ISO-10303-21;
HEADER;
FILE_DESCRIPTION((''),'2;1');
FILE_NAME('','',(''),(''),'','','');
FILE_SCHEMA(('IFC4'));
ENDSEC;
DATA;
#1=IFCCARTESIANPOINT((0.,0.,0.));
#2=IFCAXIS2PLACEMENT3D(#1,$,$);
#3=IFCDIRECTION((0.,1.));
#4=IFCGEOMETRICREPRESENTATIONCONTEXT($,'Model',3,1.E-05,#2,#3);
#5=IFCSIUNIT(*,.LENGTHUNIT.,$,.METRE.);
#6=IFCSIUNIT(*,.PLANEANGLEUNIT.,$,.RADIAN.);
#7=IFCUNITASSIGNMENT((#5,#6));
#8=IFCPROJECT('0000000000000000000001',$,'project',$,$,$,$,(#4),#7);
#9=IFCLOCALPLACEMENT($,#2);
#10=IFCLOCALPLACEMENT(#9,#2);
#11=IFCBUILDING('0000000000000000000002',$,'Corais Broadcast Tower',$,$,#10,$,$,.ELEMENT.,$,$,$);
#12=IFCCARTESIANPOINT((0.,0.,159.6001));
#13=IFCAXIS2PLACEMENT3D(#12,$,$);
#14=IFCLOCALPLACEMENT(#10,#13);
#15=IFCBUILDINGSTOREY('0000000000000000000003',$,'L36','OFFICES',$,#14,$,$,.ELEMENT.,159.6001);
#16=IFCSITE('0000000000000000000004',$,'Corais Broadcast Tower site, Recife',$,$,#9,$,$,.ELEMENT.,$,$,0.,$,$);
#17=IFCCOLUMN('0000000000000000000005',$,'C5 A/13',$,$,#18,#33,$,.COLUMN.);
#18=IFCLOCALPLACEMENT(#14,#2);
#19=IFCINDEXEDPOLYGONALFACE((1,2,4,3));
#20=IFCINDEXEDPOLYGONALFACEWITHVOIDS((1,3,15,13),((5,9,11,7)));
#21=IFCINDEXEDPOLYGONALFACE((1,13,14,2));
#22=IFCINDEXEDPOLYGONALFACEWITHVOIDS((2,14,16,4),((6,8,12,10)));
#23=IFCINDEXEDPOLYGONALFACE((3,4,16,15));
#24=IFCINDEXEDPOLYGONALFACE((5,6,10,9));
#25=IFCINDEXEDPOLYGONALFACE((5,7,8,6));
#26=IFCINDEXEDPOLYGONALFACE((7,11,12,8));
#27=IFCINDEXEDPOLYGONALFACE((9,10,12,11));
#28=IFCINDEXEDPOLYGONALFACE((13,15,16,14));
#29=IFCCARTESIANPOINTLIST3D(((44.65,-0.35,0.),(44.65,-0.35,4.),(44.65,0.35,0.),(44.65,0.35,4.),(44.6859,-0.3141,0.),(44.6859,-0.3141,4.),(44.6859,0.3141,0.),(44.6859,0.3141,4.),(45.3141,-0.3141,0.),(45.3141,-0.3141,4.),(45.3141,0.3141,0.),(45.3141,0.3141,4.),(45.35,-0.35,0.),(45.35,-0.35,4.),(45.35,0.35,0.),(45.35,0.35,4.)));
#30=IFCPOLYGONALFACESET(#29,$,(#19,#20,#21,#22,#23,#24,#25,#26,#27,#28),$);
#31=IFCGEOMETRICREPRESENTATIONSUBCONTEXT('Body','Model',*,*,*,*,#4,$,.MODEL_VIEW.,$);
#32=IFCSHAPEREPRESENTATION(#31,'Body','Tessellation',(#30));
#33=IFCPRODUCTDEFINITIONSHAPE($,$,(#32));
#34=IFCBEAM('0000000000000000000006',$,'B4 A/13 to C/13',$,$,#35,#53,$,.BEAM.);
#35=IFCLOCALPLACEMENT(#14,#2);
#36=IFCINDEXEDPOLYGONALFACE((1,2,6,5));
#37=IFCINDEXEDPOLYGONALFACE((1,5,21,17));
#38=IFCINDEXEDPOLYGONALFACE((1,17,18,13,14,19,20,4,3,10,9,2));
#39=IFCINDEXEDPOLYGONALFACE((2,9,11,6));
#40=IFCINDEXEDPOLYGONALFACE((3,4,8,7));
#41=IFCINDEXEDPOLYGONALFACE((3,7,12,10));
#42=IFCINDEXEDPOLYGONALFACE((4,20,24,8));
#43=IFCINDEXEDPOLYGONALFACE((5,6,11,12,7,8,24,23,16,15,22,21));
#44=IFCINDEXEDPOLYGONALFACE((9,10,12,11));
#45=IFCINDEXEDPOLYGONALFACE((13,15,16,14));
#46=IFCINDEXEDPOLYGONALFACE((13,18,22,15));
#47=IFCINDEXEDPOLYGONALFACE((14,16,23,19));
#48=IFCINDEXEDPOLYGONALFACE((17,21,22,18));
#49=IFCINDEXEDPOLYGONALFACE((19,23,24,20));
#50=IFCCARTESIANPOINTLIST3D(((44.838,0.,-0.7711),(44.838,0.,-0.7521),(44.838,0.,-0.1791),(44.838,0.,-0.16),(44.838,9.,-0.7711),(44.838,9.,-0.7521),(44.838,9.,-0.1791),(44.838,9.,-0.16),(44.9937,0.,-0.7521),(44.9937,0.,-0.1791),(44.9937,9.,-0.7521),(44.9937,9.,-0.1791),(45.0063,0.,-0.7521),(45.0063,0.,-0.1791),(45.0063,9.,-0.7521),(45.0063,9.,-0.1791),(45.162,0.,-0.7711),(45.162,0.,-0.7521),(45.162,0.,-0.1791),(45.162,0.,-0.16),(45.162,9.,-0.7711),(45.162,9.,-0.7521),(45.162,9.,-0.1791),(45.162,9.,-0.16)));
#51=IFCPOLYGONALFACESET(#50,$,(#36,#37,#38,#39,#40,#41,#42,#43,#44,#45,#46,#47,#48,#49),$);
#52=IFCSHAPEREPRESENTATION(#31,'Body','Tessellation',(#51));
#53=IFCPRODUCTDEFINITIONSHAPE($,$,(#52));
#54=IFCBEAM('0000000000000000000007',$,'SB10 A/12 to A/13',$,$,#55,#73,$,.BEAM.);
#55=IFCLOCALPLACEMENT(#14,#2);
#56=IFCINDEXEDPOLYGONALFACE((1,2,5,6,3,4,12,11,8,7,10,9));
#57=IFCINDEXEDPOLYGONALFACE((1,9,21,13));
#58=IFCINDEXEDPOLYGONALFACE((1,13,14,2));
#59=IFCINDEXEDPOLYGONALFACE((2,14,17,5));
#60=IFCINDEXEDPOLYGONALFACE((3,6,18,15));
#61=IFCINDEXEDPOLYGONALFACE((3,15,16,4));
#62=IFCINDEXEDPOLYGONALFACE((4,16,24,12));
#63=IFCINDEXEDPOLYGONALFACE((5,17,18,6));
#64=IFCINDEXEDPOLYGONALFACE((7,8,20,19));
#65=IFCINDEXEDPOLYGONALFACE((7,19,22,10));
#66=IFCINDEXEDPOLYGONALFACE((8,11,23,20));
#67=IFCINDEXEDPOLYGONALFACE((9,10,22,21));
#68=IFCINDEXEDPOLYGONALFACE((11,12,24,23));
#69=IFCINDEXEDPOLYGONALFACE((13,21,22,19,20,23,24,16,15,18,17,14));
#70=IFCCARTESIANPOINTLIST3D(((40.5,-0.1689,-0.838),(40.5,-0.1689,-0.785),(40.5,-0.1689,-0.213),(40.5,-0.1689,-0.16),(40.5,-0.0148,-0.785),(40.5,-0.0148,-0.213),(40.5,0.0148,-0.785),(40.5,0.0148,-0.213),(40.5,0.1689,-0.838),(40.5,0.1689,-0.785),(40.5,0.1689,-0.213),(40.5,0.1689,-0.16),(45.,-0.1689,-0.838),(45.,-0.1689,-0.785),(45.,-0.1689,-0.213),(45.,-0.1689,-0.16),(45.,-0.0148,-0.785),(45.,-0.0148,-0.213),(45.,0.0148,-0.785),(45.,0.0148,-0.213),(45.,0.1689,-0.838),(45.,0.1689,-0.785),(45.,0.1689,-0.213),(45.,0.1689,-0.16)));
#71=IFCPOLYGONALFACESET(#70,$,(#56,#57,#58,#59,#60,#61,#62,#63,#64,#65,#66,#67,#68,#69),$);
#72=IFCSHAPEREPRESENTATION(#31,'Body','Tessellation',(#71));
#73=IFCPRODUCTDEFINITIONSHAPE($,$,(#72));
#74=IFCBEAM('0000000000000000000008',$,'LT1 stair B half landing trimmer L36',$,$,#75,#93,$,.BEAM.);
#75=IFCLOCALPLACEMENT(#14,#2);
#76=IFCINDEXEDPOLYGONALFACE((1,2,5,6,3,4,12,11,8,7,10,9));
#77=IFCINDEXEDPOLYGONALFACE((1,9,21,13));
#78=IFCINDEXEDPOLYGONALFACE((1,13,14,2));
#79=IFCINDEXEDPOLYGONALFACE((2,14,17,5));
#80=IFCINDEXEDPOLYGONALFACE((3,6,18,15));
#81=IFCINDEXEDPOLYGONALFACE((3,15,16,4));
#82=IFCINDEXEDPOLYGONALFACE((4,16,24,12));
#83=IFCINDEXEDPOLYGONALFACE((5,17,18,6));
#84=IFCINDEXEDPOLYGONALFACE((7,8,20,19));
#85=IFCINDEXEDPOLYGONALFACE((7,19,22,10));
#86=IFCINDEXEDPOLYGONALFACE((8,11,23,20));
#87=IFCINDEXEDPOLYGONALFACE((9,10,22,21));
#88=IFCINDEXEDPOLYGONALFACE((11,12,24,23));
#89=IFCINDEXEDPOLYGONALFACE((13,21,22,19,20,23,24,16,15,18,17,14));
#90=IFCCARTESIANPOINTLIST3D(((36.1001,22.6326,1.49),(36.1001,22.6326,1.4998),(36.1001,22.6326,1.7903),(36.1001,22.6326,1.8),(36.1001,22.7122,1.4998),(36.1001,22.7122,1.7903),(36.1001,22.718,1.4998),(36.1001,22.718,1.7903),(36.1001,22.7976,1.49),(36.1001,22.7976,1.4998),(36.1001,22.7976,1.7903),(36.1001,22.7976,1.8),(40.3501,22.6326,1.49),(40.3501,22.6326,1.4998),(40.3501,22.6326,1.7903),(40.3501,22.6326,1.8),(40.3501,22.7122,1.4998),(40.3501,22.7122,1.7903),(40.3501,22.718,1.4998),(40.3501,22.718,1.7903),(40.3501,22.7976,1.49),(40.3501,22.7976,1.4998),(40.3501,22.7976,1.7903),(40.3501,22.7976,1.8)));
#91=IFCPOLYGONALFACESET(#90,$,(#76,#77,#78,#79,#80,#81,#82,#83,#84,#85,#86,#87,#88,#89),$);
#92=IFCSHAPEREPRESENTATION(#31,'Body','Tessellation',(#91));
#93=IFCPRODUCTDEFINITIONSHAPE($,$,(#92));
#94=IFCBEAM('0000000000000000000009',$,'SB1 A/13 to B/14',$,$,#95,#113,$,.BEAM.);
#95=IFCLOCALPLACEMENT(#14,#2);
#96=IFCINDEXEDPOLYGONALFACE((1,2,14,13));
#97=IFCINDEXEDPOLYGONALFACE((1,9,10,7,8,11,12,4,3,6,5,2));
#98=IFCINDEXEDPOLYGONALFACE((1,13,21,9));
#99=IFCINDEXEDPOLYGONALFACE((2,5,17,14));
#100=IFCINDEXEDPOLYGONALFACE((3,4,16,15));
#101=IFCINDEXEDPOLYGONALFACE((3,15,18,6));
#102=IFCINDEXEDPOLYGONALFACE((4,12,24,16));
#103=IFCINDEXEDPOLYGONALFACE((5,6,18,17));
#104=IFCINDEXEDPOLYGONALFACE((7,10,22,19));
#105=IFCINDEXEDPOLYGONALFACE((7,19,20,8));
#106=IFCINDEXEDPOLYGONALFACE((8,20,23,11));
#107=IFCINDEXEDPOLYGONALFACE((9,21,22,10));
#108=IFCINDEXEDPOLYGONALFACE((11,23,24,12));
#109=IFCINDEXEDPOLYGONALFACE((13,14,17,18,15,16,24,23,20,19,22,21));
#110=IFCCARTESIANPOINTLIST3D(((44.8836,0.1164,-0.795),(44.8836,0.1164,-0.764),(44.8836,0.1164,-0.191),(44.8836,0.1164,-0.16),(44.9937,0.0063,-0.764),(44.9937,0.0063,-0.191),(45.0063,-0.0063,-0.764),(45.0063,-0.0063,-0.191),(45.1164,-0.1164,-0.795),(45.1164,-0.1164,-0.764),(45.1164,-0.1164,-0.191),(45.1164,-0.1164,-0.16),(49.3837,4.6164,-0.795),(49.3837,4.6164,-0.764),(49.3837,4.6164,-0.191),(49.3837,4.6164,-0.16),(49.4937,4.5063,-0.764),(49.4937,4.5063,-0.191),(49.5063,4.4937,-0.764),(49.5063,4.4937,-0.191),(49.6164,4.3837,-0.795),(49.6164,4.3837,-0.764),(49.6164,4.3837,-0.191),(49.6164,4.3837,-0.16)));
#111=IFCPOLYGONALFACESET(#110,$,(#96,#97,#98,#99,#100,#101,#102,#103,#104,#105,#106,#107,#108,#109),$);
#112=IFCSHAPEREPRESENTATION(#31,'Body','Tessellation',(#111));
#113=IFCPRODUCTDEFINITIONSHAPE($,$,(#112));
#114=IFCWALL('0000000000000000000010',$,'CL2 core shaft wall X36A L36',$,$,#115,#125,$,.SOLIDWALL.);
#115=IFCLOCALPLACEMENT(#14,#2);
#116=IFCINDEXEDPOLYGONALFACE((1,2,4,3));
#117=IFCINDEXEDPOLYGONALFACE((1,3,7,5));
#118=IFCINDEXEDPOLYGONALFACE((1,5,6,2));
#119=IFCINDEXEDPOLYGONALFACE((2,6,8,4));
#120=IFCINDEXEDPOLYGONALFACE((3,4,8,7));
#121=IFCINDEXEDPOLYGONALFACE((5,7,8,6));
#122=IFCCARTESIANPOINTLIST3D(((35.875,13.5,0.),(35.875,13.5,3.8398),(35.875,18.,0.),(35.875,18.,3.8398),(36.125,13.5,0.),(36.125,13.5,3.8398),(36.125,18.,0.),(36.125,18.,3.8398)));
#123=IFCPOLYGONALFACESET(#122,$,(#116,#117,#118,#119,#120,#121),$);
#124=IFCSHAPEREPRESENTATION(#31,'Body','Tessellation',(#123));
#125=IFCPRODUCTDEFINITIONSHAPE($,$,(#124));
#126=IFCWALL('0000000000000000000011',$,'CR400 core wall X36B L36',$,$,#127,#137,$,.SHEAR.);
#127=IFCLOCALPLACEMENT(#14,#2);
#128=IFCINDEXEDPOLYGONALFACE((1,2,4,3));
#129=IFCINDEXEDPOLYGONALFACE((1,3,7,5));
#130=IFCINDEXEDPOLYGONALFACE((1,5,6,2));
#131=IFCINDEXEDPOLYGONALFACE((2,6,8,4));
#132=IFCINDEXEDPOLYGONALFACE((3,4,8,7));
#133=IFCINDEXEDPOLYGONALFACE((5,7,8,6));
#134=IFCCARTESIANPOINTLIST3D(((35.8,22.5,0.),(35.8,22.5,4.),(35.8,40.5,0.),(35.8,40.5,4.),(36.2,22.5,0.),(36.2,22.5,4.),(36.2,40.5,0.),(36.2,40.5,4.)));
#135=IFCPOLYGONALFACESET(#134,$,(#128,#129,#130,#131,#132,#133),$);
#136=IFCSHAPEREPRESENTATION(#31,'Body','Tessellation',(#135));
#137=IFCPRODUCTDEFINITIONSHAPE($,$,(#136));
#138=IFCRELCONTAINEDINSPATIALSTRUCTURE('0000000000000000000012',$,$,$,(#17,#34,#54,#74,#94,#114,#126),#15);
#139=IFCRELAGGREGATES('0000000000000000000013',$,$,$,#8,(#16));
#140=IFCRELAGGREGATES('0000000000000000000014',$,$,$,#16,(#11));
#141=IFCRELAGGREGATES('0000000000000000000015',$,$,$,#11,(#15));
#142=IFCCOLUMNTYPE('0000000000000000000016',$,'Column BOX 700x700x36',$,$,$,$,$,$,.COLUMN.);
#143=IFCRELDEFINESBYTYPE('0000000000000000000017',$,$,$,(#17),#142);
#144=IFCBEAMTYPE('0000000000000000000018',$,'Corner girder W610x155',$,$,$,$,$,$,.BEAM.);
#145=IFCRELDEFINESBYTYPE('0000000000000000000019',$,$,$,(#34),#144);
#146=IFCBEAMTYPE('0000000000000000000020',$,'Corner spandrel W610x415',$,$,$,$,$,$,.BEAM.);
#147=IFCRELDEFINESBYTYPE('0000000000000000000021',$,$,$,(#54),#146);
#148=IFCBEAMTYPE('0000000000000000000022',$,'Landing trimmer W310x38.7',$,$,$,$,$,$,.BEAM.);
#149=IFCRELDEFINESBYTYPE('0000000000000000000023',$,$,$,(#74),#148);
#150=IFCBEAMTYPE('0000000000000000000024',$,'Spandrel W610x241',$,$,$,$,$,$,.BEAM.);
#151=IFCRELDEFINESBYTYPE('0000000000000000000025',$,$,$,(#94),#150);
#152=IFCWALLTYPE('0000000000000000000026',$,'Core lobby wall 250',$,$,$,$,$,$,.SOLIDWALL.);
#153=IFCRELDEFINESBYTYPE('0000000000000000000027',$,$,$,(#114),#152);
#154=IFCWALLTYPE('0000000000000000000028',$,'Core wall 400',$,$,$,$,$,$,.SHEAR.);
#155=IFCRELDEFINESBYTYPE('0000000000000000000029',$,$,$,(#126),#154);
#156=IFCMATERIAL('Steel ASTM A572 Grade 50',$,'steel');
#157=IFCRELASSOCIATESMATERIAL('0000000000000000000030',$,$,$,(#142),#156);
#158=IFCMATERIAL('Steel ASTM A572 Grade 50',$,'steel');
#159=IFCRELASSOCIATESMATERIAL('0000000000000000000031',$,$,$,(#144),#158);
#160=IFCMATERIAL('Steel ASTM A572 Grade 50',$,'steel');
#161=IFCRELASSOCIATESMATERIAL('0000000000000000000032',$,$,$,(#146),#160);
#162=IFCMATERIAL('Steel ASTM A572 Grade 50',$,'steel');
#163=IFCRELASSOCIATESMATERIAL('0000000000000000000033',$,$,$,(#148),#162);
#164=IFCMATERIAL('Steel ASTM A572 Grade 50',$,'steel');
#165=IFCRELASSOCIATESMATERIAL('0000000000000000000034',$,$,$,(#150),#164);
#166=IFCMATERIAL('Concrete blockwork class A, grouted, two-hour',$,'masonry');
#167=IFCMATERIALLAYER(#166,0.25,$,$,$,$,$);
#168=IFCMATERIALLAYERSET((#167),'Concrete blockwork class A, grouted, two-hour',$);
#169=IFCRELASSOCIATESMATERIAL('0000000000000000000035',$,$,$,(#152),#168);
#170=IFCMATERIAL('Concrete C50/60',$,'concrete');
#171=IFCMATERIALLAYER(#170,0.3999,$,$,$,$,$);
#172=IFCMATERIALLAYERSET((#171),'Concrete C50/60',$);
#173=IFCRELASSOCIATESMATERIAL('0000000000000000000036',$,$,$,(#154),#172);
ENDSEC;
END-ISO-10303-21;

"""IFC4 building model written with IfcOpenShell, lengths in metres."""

from ifc_helpers import new_model, si_unit, direction, frame, frame_2d, origin, origin_2d, place, context, subcontext, project, spatial, rectangle, hollow_rectangle, i_section, extrude, material, layer, layer_set, material_profile, profile_set, type_object, element, save


model = new_model("IFC4")

# Units and contexts
model_context = context("Model", 3, precision=1e-05, world=origin(), true_north=direction((0.0, 1.0)))
body_context = subcontext(model_context, "Body", "Model", "MODEL_VIEW")
ifc_project = project(units=[si_unit("LENGTHUNIT", "METRE"), si_unit("PLANEANGLEUNIT", "RADIAN")], contexts=[model_context])

# Site, building, storey
site_placement = place(None, origin())
site = spatial("IfcSite", under=ifc_project, at=site_placement, Name="Corais Broadcast Tower site, Recife", CompositionType="ELEMENT", RefElevation=0.0)
building_placement = place(site_placement, origin())
building = spatial("IfcBuilding", under=site, at=building_placement, Name="Corais Broadcast Tower", CompositionType="ELEMENT")
storey_placement = place(building_placement, frame((0.0, 0.0, 159.6001)))
storey = spatial("IfcBuildingStorey", under=building, at=storey_placement, Name="L36", Description="OFFICES", CompositionType="ELEMENT", Elevation=159.6001)

# Column
ifc_material_1 = material(Name="Steel ASTM A572 Grade 50", Category="steel")
ifc_material_profile_1 = material_profile(ifc_material_1, hollow_rectangle(XDim=0.7, YDim=0.7, WallThickness=0.0359, at=origin_2d()), Name="BOX 700x700x36")
ifc_profile_set_1 = profile_set([ifc_material_profile_1], Name="Steel ASTM A572 Grade 50")
column_type = type_object("IfcColumnType", Name="Column BOX 700x700x36", PredefinedType="COLUMN", material=ifc_profile_set_1)
column_placement = place(storey_placement, frame((45.0, 0.0, 0.0), z_axis=(0.0, 0.0, 1.0), x_axis=(1.0, 0.0, 0.0)))
element("IfcColumn", 1, at=column_placement, inside=storey, type_object=column_type, Name="C5 A/13", PredefinedType="COLUMN", context=body_context, shape_type="SweptSolid", body=[
    extrude(hollow_rectangle(XDim=0.7, YDim=0.7, WallThickness=0.0359, at=origin_2d()), origin(), (0.0, 0.0, 1.0), 4.0),
])

# Beams
ifc_material_2 = material(Name="Steel ASTM A572 Grade 50", Category="steel")
ifc_material_profile_2 = material_profile(ifc_material_2, i_section(OverallWidth=0.324, OverallDepth=0.6111, WebThickness=0.0127, FlangeThickness=0.019, at=origin_2d()), Name="W610x155")
ifc_profile_set_2 = profile_set([ifc_material_profile_2], Name="Steel ASTM A572 Grade 50")
beam_type_1 = type_object("IfcBeamType", Name="Corner girder W610x155", PredefinedType="BEAM", material=ifc_profile_set_2)
beam_1_placement = place(storey_placement, frame((45.0, 0.0, -0.4656), z_axis=(0.0, 1.0, 0.0), x_axis=(-1.0, 0.0, 0.0)))
element("IfcBeam", 2, at=beam_1_placement, inside=storey, type_object=beam_type_1, Name="B4 A/13 to C/13", PredefinedType="BEAM", context=body_context, shape_type="SweptSolid", body=[
    extrude(i_section(OverallWidth=0.324, OverallDepth=0.6111, WebThickness=0.0127, FlangeThickness=0.019, at=origin_2d()), origin(), (0.0, 0.0, 1.0), 9.0),
])
ifc_material_3 = material(Name="Steel ASTM A572 Grade 50", Category="steel")
ifc_material_profile_3 = material_profile(ifc_material_3, i_section(OverallWidth=0.3379, OverallDepth=0.678, WebThickness=0.0295, FlangeThickness=0.053, at=origin_2d()), Name="W610x415")
ifc_profile_set_3 = profile_set([ifc_material_profile_3], Name="Steel ASTM A572 Grade 50")
beam_type_2 = type_object("IfcBeamType", Name="Corner spandrel W610x415", PredefinedType="BEAM", material=ifc_profile_set_3)
beam_2_placement = place(storey_placement, frame((40.5, 0.0, -0.499), z_axis=(1.0, 0.0, 0.0), x_axis=(0.0, 1.0, 0.0)))
element("IfcBeam", 3, at=beam_2_placement, inside=storey, type_object=beam_type_2, Name="SB10 A/12 to A/13", PredefinedType="BEAM", context=body_context, shape_type="SweptSolid", body=[
    extrude(i_section(OverallWidth=0.3379, OverallDepth=0.678, WebThickness=0.0295, FlangeThickness=0.053, at=origin_2d()), origin(), (0.0, 0.0, 1.0), 4.5),
])
ifc_material_4 = material(Name="Steel ASTM A572 Grade 50", Category="steel")
ifc_material_profile_4 = material_profile(ifc_material_4, i_section(OverallWidth=0.165, OverallDepth=0.3101, WebThickness=0.0059, FlangeThickness=0.0098, at=origin_2d()), Name="W310x38.7")
ifc_profile_set_4 = profile_set([ifc_material_profile_4], Name="Steel ASTM A572 Grade 50")
beam_type_3 = type_object("IfcBeamType", Name="Landing trimmer W310x38.7", PredefinedType="BEAM", material=ifc_profile_set_4)
beam_3_placement = place(storey_placement, frame((36.1001, 22.7151, 1.645), z_axis=(1.0, 0.0, 0.0), x_axis=(0.0, 1.0, 0.0)))
element("IfcBeam", 4, at=beam_3_placement, inside=storey, type_object=beam_type_3, Name="LT1 stair B half landing trimmer L36", PredefinedType="BEAM", context=body_context, shape_type="SweptSolid", body=[
    extrude(i_section(OverallWidth=0.165, OverallDepth=0.3101, WebThickness=0.0059, FlangeThickness=0.0098, at=origin_2d()), origin(), (0.0, 0.0, 1.0), 4.25),
])
ifc_material_5 = material(Name="Steel ASTM A572 Grade 50", Category="steel")
ifc_material_profile_5 = material_profile(ifc_material_5, i_section(OverallWidth=0.3291, OverallDepth=0.635, WebThickness=0.0178, FlangeThickness=0.031, at=origin_2d()), Name="W610x241")
ifc_profile_set_5 = profile_set([ifc_material_profile_5], Name="Steel ASTM A572 Grade 50")
beam_type_4 = type_object("IfcBeamType", Name="Spandrel W610x241", PredefinedType="BEAM", material=ifc_profile_set_5)
beam_4_placement = place(storey_placement, frame((45.0, 0.0, -0.4775), z_axis=(0.707107, 0.707107, 0.0), x_axis=(-0.707107, 0.707107, 0.0)))
element("IfcBeam", 5, at=beam_4_placement, inside=storey, type_object=beam_type_4, Name="SB1 A/13 to B/14", PredefinedType="BEAM", context=body_context, shape_type="SweptSolid", body=[
    extrude(i_section(OverallWidth=0.3291, OverallDepth=0.635, WebThickness=0.0178, FlangeThickness=0.031, at=origin_2d()), origin(), (0.0, 0.0, 1.0), 6.364),
])

# Walls
ifc_material_6 = material(Name="Concrete blockwork class A, grouted, two-hour", Category="masonry")
ifc_layer_1 = layer(ifc_material_6, 0.25)
ifc_layer_set_1 = layer_set([ifc_layer_1], Name="Concrete blockwork class A, grouted, two-hour")
wall_type_1 = type_object("IfcWallType", Name="Core lobby wall 250", PredefinedType="SOLIDWALL", material=ifc_layer_set_1)
wall_1_placement = place(storey_placement, frame((36.0, 13.5, 0.0), z_axis=(0.0, 0.0, 1.0), x_axis=(0.0, 1.0, 0.0)))
element("IfcWall", 6, at=wall_1_placement, inside=storey, type_object=wall_type_1, Name="CL2 core shaft wall X36A L36", PredefinedType="SOLIDWALL", context=body_context, shape_type="SweptSolid", body=[
    extrude(rectangle(XDim=4.5, YDim=0.25, at=frame_2d((2.25, 0.0))), origin(), (0.0, 0.0, 1.0), 3.8398),
])
ifc_material_7 = material(Name="Concrete C50/60", Category="concrete")
ifc_layer_2 = layer(ifc_material_7, 0.3999)
ifc_layer_set_2 = layer_set([ifc_layer_2], Name="Concrete C50/60")
wall_type_2 = type_object("IfcWallType", Name="Core wall 400", PredefinedType="SHEAR", material=ifc_layer_set_2)
wall_2_placement = place(storey_placement, frame((36.0, 22.5, 0.0), z_axis=(0.0, 0.0, 1.0), x_axis=(0.0, 1.0, 0.0)))
element("IfcWall", 7, at=wall_2_placement, inside=storey, type_object=wall_type_2, Name="CR400 core wall X36B L36", PredefinedType="SHEAR", context=body_context, shape_type="SweptSolid", body=[
    extrude(rectangle(XDim=18.0, YDim=0.3999, at=frame_2d((9.0, 0.0))), origin(), (0.0, 0.0, 1.0), 4.0),
])

save(model, "model.ifc")
